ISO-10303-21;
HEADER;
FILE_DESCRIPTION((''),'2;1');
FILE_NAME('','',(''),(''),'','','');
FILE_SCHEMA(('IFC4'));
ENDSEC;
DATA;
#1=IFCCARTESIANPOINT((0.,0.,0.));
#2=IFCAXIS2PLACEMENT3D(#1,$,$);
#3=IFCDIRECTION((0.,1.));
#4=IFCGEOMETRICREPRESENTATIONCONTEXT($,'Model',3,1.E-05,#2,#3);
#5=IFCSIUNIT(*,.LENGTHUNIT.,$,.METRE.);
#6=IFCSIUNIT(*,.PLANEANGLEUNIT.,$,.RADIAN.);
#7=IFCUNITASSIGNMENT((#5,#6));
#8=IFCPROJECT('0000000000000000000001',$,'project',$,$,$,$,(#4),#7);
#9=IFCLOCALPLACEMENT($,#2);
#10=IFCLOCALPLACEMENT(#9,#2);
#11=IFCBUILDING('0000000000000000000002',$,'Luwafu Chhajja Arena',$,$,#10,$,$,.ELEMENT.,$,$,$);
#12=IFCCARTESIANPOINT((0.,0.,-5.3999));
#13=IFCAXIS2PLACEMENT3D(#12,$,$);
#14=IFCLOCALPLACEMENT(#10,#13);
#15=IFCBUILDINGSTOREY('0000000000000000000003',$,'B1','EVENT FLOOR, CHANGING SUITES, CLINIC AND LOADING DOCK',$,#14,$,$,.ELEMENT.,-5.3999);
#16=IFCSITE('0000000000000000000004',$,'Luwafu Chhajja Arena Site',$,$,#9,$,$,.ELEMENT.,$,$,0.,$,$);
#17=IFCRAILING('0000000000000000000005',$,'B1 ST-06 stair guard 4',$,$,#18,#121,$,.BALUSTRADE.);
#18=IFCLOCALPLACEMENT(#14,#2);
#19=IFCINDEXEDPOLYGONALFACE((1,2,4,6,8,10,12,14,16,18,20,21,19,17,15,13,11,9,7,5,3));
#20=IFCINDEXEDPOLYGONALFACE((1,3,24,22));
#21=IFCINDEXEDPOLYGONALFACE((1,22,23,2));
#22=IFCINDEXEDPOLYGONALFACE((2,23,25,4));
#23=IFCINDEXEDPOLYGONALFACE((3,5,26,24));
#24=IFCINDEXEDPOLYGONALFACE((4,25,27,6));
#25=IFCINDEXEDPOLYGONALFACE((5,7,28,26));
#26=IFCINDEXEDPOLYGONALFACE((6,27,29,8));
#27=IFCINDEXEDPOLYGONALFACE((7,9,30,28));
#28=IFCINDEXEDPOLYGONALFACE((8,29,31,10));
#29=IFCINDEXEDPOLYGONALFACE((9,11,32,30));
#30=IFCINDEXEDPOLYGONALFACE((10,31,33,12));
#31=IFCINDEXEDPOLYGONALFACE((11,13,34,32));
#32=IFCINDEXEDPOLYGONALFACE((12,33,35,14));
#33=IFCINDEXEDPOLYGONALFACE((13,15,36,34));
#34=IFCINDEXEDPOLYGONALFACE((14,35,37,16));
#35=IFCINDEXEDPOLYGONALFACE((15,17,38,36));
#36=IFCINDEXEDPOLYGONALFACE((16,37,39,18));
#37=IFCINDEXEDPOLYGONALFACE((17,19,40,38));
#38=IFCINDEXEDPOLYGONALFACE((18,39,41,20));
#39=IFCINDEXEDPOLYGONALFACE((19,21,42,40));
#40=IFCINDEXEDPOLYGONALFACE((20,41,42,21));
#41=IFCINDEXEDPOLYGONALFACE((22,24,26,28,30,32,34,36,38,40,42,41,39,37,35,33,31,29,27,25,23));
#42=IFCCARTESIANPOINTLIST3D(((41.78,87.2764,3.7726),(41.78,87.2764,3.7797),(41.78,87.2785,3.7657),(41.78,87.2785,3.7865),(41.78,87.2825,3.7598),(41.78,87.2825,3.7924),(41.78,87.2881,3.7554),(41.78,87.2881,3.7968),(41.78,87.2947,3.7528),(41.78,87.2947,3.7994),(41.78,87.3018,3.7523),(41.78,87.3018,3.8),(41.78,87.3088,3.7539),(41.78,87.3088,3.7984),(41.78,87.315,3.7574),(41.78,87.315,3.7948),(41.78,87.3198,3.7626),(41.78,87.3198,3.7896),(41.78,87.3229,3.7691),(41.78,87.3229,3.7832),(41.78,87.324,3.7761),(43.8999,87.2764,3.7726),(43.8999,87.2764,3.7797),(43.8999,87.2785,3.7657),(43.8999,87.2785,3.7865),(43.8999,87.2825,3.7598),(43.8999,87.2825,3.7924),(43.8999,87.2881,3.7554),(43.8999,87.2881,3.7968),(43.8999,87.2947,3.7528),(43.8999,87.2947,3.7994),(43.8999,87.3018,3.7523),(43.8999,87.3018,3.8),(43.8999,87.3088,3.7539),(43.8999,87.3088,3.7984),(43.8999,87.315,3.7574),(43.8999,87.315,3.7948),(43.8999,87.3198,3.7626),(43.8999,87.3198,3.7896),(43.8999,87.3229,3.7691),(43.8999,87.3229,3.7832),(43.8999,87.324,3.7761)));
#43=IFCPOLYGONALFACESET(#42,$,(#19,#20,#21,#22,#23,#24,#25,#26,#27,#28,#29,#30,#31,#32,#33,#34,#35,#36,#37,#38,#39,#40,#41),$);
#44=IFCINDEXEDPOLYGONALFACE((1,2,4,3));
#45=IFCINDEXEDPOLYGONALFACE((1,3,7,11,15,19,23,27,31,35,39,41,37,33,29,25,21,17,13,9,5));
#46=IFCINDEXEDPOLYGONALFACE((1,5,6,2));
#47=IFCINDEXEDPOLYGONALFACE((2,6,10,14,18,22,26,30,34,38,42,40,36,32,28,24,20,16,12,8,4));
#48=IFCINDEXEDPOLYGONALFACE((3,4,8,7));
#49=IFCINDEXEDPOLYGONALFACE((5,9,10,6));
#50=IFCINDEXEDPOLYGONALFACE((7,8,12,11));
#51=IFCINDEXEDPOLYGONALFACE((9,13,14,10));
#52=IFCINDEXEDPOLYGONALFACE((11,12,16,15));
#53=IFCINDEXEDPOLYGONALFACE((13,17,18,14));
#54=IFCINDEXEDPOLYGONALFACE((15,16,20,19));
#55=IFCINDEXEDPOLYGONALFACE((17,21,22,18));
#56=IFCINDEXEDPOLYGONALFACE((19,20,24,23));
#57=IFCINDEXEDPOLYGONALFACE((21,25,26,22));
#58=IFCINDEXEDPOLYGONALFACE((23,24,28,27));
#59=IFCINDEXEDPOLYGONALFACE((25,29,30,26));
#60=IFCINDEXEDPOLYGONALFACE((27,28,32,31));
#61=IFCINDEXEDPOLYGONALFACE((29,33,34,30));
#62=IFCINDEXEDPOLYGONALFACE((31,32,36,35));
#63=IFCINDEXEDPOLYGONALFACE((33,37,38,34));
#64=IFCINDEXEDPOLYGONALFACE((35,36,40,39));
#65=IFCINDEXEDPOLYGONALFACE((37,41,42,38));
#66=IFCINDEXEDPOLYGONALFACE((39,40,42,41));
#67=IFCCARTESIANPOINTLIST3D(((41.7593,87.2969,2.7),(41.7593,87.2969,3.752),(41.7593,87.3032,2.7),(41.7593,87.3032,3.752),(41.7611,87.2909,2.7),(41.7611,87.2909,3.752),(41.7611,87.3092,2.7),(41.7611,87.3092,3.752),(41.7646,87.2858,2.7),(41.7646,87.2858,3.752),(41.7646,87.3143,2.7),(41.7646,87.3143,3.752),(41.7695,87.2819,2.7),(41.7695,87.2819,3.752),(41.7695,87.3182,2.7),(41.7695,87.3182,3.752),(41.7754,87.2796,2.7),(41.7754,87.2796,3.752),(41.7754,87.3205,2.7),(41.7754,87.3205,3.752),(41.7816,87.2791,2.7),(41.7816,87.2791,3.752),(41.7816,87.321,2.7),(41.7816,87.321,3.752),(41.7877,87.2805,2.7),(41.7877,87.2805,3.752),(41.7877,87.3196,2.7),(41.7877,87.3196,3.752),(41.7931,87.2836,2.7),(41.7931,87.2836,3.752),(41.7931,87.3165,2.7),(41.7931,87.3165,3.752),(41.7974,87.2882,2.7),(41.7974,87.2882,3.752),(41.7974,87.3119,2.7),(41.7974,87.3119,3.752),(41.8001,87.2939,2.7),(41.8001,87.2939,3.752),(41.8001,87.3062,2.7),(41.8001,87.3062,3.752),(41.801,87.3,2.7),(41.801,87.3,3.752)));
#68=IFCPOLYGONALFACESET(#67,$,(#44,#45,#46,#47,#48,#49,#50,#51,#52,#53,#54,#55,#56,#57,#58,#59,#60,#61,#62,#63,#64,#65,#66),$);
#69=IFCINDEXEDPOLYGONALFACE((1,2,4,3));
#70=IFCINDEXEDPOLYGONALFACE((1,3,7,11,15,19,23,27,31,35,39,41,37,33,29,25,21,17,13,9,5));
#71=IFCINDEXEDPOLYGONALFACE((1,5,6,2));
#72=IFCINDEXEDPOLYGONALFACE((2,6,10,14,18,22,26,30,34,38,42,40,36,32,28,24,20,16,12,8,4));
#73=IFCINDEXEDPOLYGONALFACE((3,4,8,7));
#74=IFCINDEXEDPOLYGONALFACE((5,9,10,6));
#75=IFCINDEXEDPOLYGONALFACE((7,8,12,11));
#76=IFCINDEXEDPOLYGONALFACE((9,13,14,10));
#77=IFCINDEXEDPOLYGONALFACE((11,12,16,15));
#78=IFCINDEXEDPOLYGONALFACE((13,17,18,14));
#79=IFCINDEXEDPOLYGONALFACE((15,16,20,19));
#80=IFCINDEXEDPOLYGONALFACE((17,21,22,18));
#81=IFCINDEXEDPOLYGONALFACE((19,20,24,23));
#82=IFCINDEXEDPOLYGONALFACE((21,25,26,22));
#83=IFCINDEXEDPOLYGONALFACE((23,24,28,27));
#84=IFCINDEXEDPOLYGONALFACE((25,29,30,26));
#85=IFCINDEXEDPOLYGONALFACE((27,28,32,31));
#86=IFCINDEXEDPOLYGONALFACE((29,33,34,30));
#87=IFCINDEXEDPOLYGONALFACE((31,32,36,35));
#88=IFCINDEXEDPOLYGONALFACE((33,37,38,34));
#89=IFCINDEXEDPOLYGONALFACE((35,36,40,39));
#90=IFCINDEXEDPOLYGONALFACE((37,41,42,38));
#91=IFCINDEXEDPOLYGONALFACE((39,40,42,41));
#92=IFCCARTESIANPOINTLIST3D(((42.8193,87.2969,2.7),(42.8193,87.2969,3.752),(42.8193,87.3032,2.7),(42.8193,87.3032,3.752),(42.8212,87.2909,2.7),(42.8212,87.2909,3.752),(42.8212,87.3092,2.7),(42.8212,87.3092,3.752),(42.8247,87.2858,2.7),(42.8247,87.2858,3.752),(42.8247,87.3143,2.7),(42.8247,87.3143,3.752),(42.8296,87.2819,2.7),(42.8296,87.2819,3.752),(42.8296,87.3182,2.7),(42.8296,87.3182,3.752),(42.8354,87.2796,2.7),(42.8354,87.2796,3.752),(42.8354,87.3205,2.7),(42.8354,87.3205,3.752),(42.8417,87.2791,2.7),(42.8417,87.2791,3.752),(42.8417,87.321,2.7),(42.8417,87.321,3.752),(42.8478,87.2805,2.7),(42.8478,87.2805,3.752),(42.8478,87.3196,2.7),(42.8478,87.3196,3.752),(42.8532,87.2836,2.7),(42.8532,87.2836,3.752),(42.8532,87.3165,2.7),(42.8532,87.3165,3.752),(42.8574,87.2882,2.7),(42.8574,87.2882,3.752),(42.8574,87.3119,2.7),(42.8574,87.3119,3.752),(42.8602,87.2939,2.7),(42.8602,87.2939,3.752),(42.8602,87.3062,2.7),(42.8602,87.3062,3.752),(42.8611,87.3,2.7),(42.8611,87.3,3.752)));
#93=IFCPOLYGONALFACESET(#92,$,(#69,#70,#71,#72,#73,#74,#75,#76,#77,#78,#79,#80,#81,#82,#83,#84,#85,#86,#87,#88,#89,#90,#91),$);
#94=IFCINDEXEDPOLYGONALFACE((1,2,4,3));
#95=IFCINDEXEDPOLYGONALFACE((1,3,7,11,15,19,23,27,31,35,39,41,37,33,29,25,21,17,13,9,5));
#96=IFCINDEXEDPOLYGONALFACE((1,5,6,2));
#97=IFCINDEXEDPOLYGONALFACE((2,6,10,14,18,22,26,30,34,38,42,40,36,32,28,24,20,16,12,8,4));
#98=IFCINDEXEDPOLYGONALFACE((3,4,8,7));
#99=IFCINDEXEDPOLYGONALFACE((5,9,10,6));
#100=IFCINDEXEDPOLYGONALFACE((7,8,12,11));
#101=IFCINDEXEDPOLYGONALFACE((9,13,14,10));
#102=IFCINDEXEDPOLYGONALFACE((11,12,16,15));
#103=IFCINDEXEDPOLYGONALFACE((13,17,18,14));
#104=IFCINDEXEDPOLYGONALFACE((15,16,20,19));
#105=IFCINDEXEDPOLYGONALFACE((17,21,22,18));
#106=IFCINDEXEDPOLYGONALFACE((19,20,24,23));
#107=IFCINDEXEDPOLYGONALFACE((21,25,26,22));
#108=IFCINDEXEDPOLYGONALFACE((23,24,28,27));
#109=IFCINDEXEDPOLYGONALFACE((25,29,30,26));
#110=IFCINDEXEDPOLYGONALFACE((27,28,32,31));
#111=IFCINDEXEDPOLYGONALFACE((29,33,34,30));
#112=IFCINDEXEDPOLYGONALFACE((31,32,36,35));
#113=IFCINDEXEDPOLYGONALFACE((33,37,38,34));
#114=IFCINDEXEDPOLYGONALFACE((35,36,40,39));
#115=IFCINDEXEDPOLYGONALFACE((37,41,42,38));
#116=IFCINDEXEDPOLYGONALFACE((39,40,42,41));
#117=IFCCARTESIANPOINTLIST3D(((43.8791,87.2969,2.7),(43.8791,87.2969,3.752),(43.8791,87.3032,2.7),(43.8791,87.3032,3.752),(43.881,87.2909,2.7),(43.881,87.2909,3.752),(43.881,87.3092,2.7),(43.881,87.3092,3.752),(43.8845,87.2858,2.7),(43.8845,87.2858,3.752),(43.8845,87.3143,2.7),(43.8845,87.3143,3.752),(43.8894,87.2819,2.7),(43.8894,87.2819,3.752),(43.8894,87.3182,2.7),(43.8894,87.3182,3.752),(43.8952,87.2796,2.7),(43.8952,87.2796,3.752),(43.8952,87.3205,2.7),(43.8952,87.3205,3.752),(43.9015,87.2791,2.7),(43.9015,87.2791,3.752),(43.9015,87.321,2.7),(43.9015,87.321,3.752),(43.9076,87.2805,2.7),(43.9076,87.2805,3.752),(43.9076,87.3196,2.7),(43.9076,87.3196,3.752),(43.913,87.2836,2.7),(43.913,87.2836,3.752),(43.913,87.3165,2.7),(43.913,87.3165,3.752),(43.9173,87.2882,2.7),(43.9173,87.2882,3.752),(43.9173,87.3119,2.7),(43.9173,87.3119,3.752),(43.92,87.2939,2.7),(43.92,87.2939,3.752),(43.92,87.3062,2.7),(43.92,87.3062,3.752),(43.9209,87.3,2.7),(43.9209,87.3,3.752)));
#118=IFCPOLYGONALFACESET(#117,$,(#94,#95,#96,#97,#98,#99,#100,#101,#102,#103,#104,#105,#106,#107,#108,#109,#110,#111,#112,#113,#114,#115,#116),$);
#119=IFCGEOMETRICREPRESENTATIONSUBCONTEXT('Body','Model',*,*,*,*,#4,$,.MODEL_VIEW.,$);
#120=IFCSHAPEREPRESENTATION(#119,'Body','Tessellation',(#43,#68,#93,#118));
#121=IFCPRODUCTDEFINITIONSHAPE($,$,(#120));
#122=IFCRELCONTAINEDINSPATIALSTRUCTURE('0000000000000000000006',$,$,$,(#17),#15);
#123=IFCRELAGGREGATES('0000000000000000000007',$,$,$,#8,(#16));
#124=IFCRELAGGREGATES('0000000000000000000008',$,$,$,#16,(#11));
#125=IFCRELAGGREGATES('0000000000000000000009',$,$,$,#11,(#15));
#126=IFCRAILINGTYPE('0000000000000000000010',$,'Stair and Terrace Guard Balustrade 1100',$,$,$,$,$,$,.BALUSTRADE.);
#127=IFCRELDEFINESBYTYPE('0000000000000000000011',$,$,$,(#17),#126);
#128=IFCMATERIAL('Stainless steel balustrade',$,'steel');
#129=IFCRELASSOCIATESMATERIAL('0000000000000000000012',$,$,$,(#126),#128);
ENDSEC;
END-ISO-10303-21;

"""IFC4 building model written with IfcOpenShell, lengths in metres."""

from ifc_helpers import new_model, si_unit, direction, frame, origin, origin_2d, place, context, subcontext, project, spatial, circle, extrude, material, type_object, element, save


model = new_model("IFC4")

# Units and contexts
model_context = context("Model", 3, precision=1e-05, world=origin(), true_north=direction((0.0, 1.0)))
body_context = subcontext(model_context, "Body", "Model", "MODEL_VIEW")
ifc_project = project(units=[si_unit("LENGTHUNIT", "METRE"), si_unit("PLANEANGLEUNIT", "RADIAN")], contexts=[model_context])

# Site, building, storey
site_placement = place(None, origin())
site = spatial("IfcSite", under=ifc_project, at=site_placement, Name="Luwafu Chhajja Arena Site", CompositionType="ELEMENT", RefElevation=0.0)
building_placement = place(site_placement, origin())
building = spatial("IfcBuilding", under=site, at=building_placement, Name="Luwafu Chhajja Arena", CompositionType="ELEMENT")
storey_placement = place(building_placement, frame((0.0, 0.0, -5.3999)))
storey = spatial("IfcBuildingStorey", under=building, at=storey_placement, Name="B1", Description="EVENT FLOOR, CHANGING SUITES, CLINIC AND LOADING DOCK", CompositionType="ELEMENT", Elevation=-5.3999)

# Railing
ifc_material_1 = material(Name="Stainless steel balustrade", Category="steel")
railing_type_1 = type_object("IfcRailingType", Name="Stair and Terrace Guard Balustrade 1100", PredefinedType="BALUSTRADE", material=ifc_material_1)
railing_1_placement = place(storey_placement, frame((41.78, 87.3, 2.7)))
element("IfcRailing", 1, at=railing_1_placement, inside=storey, type_object=railing_type_1, Name="B1 ST-06 stair guard 4", PredefinedType="BALUSTRADE", context=body_context, shape_type="SweptSolid", body=[
    extrude(circle(Radius=0.0239, at=origin_2d()), frame((0.0, 0.0, 1.0762), z_axis=(1.0, 0.0, 0.0), x_axis=(0.0, 1.0, 0.0)), (0.0, 0.0, 1.0), 2.1199),
    extrude(circle(Radius=0.021, at=origin_2d()), origin(), (0.0, 0.0, 1.0), 1.052),
    extrude(circle(Radius=0.021, at=origin_2d()), frame((1.0601, 0.0, 0.0)), (0.0, 0.0, 1.0), 1.052),
    extrude(circle(Radius=0.021, at=origin_2d()), frame((2.1199, 0.0, 0.0)), (0.0, 0.0, 1.0), 1.052),
])

save(model, "model.ifc")
